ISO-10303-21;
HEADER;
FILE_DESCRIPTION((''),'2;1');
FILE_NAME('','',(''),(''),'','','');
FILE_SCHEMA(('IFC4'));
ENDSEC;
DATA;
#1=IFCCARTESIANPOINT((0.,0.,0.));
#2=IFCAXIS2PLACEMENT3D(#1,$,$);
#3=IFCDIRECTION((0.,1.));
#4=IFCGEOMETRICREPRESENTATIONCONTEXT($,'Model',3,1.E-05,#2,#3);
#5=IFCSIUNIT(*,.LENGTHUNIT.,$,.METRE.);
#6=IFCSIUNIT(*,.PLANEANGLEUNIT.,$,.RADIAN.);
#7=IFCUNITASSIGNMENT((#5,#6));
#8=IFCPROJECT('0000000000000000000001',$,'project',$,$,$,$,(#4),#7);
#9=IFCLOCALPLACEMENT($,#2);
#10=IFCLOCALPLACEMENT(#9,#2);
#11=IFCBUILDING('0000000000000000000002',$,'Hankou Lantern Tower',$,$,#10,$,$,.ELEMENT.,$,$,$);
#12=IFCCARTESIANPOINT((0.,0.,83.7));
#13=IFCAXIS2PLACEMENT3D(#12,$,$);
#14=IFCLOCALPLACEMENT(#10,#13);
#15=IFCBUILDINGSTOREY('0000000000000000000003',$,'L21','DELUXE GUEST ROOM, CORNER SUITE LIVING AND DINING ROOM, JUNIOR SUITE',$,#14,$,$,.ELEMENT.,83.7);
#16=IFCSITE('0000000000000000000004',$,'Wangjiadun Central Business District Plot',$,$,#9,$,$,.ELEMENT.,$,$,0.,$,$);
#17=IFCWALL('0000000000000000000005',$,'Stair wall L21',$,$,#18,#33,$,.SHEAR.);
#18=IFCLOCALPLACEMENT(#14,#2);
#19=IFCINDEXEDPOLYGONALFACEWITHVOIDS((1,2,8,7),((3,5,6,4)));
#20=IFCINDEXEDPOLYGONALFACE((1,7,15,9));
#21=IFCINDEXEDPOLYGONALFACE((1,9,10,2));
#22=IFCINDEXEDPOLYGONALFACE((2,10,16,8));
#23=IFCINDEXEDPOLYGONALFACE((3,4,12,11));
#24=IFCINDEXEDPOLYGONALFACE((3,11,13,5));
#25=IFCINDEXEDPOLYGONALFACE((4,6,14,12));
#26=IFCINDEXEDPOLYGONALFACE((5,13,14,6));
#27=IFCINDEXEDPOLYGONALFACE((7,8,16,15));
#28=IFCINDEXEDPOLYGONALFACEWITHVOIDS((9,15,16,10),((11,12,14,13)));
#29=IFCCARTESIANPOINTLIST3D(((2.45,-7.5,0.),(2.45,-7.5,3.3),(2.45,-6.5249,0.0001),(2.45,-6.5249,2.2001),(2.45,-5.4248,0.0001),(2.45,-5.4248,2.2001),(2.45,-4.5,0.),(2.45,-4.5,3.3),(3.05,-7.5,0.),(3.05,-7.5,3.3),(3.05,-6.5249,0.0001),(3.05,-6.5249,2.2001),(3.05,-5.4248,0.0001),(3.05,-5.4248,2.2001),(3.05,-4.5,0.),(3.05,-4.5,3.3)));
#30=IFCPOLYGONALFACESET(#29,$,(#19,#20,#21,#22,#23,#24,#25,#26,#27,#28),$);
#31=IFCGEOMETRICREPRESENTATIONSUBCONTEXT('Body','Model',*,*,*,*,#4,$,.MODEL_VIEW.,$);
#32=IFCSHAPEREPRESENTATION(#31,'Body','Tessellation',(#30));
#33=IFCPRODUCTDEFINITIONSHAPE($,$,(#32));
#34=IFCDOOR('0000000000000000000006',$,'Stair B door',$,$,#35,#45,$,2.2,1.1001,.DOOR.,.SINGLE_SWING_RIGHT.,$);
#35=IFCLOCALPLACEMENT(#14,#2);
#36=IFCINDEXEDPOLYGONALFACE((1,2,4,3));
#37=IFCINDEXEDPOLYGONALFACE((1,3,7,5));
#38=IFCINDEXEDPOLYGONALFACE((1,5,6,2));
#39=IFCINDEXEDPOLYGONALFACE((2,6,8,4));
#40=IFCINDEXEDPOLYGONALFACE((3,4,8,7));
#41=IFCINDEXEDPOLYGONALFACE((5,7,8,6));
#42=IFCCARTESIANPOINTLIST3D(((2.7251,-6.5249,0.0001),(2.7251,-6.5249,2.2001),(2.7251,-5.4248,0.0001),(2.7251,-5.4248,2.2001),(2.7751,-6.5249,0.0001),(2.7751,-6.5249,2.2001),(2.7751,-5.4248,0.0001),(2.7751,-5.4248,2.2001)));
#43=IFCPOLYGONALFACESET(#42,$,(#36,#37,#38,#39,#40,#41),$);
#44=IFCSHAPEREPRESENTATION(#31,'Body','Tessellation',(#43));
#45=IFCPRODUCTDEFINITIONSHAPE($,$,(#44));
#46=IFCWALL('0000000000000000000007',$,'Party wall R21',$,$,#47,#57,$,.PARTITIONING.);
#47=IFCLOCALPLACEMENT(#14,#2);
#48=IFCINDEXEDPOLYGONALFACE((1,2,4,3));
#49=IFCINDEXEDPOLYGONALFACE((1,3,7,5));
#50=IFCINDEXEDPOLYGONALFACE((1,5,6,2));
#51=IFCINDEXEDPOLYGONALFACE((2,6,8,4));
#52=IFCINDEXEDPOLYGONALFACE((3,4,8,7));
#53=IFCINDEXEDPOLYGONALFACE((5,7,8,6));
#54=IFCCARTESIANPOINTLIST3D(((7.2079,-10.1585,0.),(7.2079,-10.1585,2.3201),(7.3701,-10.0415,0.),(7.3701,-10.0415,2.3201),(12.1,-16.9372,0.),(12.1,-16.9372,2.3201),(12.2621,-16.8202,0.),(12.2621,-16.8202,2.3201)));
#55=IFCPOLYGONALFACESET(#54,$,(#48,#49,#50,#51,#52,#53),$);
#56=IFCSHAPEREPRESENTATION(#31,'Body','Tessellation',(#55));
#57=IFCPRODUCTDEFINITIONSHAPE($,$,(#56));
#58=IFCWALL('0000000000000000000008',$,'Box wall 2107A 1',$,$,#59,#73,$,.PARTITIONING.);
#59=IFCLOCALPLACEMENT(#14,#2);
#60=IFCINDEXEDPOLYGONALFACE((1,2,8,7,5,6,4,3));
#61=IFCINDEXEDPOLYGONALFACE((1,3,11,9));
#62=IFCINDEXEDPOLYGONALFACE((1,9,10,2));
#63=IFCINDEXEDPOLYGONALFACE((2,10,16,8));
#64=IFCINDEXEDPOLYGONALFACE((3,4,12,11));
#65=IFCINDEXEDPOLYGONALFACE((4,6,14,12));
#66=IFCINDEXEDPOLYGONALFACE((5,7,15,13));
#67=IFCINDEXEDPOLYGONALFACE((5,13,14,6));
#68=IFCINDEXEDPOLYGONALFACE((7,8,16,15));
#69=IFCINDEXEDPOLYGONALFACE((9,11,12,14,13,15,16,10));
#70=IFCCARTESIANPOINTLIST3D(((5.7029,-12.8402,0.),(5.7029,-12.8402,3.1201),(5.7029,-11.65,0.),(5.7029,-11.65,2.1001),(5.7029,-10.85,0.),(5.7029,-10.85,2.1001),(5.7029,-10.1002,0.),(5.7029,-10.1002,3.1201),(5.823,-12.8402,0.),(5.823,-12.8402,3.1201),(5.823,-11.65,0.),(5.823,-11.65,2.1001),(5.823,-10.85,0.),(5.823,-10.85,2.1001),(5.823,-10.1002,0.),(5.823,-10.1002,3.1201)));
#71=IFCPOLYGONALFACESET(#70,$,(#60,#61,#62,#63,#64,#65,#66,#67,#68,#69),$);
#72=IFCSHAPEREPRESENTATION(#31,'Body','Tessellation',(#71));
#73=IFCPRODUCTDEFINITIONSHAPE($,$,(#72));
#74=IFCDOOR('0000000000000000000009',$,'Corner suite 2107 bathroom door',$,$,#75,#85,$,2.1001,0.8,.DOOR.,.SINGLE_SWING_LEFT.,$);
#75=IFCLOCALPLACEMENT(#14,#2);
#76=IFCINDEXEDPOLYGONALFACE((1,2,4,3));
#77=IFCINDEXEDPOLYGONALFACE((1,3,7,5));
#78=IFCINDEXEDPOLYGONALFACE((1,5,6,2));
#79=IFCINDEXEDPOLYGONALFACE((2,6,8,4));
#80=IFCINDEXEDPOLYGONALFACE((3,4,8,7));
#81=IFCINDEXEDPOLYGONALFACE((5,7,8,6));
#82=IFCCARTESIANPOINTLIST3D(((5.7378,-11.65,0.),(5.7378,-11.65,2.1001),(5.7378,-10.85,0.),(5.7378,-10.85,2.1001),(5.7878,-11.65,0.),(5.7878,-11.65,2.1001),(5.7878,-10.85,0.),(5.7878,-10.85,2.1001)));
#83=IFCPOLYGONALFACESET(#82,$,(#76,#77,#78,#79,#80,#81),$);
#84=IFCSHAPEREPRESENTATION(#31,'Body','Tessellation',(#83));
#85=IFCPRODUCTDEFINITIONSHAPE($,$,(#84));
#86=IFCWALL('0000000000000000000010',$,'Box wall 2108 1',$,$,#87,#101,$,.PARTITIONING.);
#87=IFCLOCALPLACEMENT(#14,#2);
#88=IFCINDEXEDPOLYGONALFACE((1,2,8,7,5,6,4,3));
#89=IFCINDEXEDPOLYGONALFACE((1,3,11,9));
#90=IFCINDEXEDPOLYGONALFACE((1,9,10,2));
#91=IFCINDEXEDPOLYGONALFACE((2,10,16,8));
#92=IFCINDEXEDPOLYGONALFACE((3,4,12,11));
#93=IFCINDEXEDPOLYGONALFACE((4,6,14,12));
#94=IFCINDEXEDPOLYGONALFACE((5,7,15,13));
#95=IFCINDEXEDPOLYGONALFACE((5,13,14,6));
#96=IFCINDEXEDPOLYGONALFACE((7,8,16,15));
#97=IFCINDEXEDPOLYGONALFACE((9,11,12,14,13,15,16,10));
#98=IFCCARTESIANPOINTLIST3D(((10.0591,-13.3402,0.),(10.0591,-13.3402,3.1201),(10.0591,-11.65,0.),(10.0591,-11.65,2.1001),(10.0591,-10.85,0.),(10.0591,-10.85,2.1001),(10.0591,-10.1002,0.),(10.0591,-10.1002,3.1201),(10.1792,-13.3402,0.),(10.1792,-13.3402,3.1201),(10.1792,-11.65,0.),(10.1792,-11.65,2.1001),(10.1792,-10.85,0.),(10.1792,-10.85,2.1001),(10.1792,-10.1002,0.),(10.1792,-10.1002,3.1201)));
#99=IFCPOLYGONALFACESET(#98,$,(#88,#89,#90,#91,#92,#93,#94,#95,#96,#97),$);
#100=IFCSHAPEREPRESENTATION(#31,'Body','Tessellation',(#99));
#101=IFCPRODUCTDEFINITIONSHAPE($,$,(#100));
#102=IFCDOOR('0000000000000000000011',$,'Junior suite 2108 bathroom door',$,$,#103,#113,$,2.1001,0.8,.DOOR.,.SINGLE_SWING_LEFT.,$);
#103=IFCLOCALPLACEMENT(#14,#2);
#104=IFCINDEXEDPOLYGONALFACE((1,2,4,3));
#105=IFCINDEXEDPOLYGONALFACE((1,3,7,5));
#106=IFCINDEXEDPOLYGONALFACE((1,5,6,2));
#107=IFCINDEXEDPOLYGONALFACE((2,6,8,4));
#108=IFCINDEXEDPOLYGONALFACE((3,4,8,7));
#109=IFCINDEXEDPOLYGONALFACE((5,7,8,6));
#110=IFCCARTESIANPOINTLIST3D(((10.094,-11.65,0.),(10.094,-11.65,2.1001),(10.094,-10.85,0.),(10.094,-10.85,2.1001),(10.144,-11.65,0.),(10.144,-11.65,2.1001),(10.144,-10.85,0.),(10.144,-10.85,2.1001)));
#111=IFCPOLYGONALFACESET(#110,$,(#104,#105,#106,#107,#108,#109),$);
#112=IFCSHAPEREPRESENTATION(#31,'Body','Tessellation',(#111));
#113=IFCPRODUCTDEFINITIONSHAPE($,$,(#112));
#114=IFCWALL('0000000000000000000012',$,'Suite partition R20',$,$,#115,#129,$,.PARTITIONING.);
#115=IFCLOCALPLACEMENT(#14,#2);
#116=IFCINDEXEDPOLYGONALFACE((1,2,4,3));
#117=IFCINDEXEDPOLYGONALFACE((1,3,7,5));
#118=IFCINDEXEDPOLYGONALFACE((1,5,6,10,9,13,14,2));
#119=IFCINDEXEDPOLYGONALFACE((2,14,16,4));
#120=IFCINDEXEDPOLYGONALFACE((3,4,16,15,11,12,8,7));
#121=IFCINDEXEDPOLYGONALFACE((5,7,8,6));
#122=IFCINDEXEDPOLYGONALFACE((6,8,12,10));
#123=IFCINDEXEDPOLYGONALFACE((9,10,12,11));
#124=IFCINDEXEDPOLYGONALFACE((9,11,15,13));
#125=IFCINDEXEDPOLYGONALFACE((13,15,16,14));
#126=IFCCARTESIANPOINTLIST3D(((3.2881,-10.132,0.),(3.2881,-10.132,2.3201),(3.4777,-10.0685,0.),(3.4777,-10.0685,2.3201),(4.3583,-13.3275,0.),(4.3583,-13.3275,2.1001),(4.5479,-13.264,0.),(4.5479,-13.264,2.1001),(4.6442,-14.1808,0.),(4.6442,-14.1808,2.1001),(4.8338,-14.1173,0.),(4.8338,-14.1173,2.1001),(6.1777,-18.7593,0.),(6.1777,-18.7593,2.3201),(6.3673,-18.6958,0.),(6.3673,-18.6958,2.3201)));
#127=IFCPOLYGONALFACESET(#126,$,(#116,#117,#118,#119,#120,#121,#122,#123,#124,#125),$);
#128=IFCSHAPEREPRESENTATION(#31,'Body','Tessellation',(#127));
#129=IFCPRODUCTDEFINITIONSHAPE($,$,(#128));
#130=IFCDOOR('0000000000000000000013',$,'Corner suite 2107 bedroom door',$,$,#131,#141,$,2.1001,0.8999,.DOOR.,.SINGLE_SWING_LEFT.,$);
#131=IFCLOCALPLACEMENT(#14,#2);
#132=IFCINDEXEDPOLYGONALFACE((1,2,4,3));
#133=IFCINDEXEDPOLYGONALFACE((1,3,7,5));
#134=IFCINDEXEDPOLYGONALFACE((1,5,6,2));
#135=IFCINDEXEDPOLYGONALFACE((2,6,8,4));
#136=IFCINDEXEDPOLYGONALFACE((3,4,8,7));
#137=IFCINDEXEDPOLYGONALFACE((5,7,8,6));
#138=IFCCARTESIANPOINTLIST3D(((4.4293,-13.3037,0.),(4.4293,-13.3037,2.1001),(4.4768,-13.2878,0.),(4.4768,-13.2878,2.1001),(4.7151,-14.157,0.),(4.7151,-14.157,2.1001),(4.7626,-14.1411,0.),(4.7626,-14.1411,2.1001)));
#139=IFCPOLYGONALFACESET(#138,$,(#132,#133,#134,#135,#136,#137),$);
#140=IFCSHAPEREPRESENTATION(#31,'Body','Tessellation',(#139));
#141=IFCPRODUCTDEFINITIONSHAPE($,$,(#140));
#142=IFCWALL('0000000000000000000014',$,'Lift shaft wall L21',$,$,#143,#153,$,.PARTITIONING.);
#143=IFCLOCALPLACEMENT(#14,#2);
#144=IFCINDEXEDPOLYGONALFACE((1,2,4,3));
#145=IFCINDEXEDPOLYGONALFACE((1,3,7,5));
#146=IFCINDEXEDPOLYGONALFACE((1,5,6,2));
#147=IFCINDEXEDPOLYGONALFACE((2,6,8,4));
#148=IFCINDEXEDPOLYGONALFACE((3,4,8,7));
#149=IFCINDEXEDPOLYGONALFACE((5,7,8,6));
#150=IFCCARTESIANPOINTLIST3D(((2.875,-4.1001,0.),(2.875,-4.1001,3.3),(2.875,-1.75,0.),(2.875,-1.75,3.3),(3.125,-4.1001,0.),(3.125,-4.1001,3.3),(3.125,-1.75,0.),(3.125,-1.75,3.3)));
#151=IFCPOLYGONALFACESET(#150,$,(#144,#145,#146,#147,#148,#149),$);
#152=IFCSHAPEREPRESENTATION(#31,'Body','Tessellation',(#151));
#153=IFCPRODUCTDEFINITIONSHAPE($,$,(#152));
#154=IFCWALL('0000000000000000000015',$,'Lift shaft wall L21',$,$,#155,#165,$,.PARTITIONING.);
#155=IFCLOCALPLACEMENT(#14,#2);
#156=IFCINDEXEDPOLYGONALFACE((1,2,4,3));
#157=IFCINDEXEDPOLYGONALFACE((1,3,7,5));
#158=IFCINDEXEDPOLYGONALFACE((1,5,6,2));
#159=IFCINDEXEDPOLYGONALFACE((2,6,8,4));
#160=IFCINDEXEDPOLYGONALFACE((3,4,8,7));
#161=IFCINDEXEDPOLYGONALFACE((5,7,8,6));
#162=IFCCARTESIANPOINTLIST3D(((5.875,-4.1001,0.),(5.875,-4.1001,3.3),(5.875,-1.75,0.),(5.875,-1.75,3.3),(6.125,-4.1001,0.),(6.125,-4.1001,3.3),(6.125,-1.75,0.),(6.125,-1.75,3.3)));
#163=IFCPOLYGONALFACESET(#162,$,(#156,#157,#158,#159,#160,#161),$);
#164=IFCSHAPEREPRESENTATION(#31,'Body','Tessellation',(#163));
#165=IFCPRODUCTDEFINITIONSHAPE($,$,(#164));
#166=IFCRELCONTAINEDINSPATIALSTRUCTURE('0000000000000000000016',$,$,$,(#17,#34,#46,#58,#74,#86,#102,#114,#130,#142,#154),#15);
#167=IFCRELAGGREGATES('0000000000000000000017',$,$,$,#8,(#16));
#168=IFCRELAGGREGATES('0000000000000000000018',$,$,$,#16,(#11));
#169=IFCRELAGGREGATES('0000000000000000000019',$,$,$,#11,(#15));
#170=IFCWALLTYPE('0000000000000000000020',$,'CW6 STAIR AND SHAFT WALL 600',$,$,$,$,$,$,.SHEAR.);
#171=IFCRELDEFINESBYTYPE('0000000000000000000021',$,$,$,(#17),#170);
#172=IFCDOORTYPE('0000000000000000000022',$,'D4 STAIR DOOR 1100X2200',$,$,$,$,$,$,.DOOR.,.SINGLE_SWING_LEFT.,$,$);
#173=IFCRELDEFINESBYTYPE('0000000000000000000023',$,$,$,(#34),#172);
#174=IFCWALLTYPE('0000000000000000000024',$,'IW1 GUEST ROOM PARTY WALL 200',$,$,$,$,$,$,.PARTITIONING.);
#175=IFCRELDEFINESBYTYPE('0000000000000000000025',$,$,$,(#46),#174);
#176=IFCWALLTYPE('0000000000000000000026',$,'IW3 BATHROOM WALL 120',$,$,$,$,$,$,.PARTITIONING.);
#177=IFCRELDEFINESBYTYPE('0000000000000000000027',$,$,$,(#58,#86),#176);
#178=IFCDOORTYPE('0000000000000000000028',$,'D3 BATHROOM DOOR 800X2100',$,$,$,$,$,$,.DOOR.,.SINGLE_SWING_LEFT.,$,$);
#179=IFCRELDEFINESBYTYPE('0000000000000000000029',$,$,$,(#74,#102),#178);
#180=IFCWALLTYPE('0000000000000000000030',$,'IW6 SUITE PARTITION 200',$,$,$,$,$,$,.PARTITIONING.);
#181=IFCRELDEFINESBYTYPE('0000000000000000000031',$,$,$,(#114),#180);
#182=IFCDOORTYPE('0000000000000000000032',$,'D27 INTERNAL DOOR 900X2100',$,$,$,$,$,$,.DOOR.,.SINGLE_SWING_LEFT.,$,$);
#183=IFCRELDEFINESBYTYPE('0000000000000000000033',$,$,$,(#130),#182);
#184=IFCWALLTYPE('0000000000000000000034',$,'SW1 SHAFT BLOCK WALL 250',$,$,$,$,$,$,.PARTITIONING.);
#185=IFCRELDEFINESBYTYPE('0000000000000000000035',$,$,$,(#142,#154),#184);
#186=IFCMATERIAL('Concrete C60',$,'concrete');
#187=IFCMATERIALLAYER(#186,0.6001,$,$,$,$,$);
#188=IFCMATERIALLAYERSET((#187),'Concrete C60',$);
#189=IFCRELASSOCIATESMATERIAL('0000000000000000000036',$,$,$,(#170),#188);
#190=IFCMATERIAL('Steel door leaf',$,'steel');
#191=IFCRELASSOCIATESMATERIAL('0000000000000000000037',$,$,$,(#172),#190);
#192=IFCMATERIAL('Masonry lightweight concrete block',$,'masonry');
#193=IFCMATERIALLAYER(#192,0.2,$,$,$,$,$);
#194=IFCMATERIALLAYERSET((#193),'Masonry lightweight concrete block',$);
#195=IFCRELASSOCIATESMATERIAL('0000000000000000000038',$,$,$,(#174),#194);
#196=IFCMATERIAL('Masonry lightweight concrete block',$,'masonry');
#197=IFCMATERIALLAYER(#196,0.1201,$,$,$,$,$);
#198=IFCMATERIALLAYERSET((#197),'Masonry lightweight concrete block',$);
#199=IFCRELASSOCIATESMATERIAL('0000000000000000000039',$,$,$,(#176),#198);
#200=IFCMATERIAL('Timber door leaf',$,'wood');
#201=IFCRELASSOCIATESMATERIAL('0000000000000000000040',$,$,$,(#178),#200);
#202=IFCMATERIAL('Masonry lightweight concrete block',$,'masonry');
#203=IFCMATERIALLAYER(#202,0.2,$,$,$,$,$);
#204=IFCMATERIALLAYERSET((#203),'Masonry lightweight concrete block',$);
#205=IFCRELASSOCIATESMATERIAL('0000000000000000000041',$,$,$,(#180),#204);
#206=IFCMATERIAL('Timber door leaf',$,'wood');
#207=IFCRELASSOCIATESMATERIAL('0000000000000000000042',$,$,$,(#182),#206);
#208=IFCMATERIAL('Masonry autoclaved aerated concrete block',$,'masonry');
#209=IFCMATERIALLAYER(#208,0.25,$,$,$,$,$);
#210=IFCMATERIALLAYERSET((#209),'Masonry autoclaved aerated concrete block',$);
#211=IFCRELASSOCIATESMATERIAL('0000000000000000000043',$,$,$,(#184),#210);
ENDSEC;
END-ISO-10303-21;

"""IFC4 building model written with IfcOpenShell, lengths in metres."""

from ifc_helpers import new_model, si_unit, direction, frame, frame_2d, origin, place, context, subcontext, project, spatial, rectangle, extrude, material, layer, layer_set, type_object, element, fill, save


model = new_model("IFC4")

# Units and contexts
model_context = context("Model", 3, precision=1e-05, world=origin(), true_north=direction((0.0, 1.0)))
body_context = subcontext(model_context, "Body", "Model", "MODEL_VIEW")
ifc_project = project(units=[si_unit("LENGTHUNIT", "METRE"), si_unit("PLANEANGLEUNIT", "RADIAN")], contexts=[model_context])

# Site, building, storey
site_placement = place(None, origin())
site = spatial("IfcSite", under=ifc_project, at=site_placement, Name="Wangjiadun Central Business District Plot", CompositionType="ELEMENT", RefElevation=0.0)
building_placement = place(site_placement, origin())
building = spatial("IfcBuilding", under=site, at=building_placement, Name="Hankou Lantern Tower", CompositionType="ELEMENT")
storey_placement = place(building_placement, frame((0.0, 0.0, 83.7)))
storey = spatial("IfcBuildingStorey", under=building, at=storey_placement, Name="L21", Description="DELUXE GUEST ROOM, CORNER SUITE LIVING AND DINING ROOM, JUNIOR SUITE", CompositionType="ELEMENT", Elevation=83.7)

# Wall, opening, door
ifc_material_1 = material(Name="Concrete C60", Category="concrete")
ifc_layer_1 = layer(ifc_material_1, 0.6001)
ifc_layer_set_1 = layer_set([ifc_layer_1], Name="Concrete C60")
wall_type_1 = type_object("IfcWallType", Name="CW6 STAIR AND SHAFT WALL 600", PredefinedType="SHEAR", material=ifc_layer_set_1)
wall_1_placement = place(storey_placement, frame((2.75, -7.5, 0.0), z_axis=(0.0, 0.0, 1.0), x_axis=(0.0, 1.0, 0.0)))
wall_1 = element("IfcWall", 1, at=wall_1_placement, inside=storey, type_object=wall_type_1, Name="Stair wall L21", PredefinedType="SHEAR", context=body_context, shape_type="SweptSolid", body=[
    extrude(rectangle(XDim=3.0, YDim=0.6001, at=frame_2d((1.5, 0.0))), origin(), (0.0, 0.0, 1.0), 3.3),
])
opening_1_placement = place(wall_1_placement, frame((0.9751, 0.0, 0.0)))
opening_1 = element("IfcOpeningElement", 2, at=opening_1_placement, cuts=wall_1, PredefinedType="OPENING", context=body_context, shape_type="SweptSolid", body=[
    extrude(rectangle(XDim=1.1001, YDim=2.2, at=frame_2d((0.55, 1.1001))), frame((0.0, 0.3101, 0.0), z_axis=(0.0, -1.0, 0.0), x_axis=(1.0, 0.0, 0.0)), (0.0, 0.0, 1.0), 0.6201),
])
ifc_material_2 = material(Name="Steel door leaf", Category="steel")
door_type_1 = type_object("IfcDoorType", Name="D4 STAIR DOOR 1100X2200", OperationType="SINGLE_SWING_LEFT", PredefinedType="DOOR", material=ifc_material_2)
door_1_placement = place(opening_1_placement, origin())
door_1 = element("IfcDoor", 3, at=door_1_placement, inside=storey, type_object=door_type_1, Name="Stair B door", OperationType="SINGLE_SWING_RIGHT", OverallHeight=2.2, OverallWidth=1.1001, PredefinedType="DOOR", context=body_context, shape_type="SweptSolid", body=[
    extrude(rectangle(XDim=1.1001, YDim=2.2, at=frame_2d((0.55, 1.1001))), frame((0.0, 0.0249, 0.0), z_axis=(0.0, -1.0, 0.0), x_axis=(1.0, 0.0, 0.0)), (0.0, 0.0, 1.0), 0.05),
])
fill(opening_1, door_1)

# Wall
ifc_material_3 = material(Name="Masonry lightweight concrete block", Category="masonry")
ifc_layer_2 = layer(ifc_material_3, 0.2)
ifc_layer_set_2 = layer_set([ifc_layer_2], Name="Masonry lightweight concrete block")
wall_type_2 = type_object("IfcWallType", Name="IW1 GUEST ROOM PARTY WALL 200", PredefinedType="PARTITIONING", material=ifc_layer_set_2)
wall_2_placement = place(storey_placement, frame((7.2891, -10.1001, 0.0), z_axis=(0.0, 0.0, 1.0), x_axis=(0.585198, -0.81089, 0.0)))
element("IfcWall", 4, at=wall_2_placement, inside=storey, type_object=wall_type_2, Name="Party wall R21", PredefinedType="PARTITIONING", context=body_context, shape_type="SweptSolid", body=[
    extrude(rectangle(XDim=8.3596, YDim=0.2, at=frame_2d((4.1797, 0.0))), origin(), (0.0, 0.0, 1.0), 2.3201),
])

# Walls, openings, doors
ifc_material_4 = material(Name="Masonry lightweight concrete block", Category="masonry")
ifc_layer_3 = layer(ifc_material_4, 0.1201)
ifc_layer_set_3 = layer_set([ifc_layer_3], Name="Masonry lightweight concrete block")
wall_type_3 = type_object("IfcWallType", Name="IW3 BATHROOM WALL 120", PredefinedType="PARTITIONING", material=ifc_layer_set_3)
wall_3_placement = place(storey_placement, frame((5.7629, -10.1001, 0.0), z_axis=(0.0, 0.0, 1.0), x_axis=(0.0, -1.0, 0.0)))
wall_3 = element("IfcWall", 5, at=wall_3_placement, inside=storey, type_object=wall_type_3, Name="Box wall 2107A 1", PredefinedType="PARTITIONING", context=body_context, shape_type="SweptSolid", body=[
    extrude(rectangle(XDim=2.74, YDim=0.1201, at=frame_2d((1.3701, 0.0))), origin(), (0.0, 0.0, 1.0), 3.1201),
])
opening_2_placement = place(wall_3_placement, frame((0.75, 0.0, 0.0)))
opening_2 = element("IfcOpeningElement", 6, at=opening_2_placement, cuts=wall_3, PredefinedType="OPENING", context=body_context, shape_type="SweptSolid", body=[
    extrude(rectangle(XDim=0.8, YDim=2.1001, at=frame_2d((0.3999, 1.05))), frame((0.0, 0.0701, 0.0), z_axis=(0.0, -1.0, 0.0), x_axis=(1.0, 0.0, 0.0)), (0.0, 0.0, 1.0), 0.1401),
])
ifc_material_5 = material(Name="Timber door leaf", Category="wood")
door_type_2 = type_object("IfcDoorType", Name="D3 BATHROOM DOOR 800X2100", OperationType="SINGLE_SWING_LEFT", PredefinedType="DOOR", material=ifc_material_5)
door_2_placement = place(opening_2_placement, origin())
door_2 = element("IfcDoor", 7, at=door_2_placement, inside=storey, type_object=door_type_2, Name="Corner suite 2107 bathroom door", OperationType="SINGLE_SWING_LEFT", OverallHeight=2.1001, OverallWidth=0.8, PredefinedType="DOOR", context=body_context, shape_type="SweptSolid", body=[
    extrude(rectangle(XDim=0.8, YDim=2.1001, at=frame_2d((0.3999, 1.05))), frame((0.0, 0.0249, 0.0), z_axis=(0.0, -1.0, 0.0), x_axis=(1.0, 0.0, 0.0)), (0.0, 0.0, 1.0), 0.05),
])
fill(opening_2, door_2)
wall_4_placement = place(storey_placement, frame((10.1191, -10.1001, 0.0), z_axis=(0.0, 0.0, 1.0), x_axis=(0.0, -1.0, 0.0)))
wall_4 = element("IfcWall", 8, at=wall_4_placement, inside=storey, type_object=wall_type_3, Name="Box wall 2108 1", PredefinedType="PARTITIONING", context=body_context, shape_type="SweptSolid", body=[
    extrude(rectangle(XDim=3.24, YDim=0.1201, at=frame_2d((1.6201, 0.0))), origin(), (0.0, 0.0, 1.0), 3.1201),
])
opening_3_placement = place(wall_4_placement, frame((0.75, 0.0, 0.0)))
opening_3 = element("IfcOpeningElement", 9, at=opening_3_placement, cuts=wall_4, PredefinedType="OPENING", context=body_context, shape_type="SweptSolid", body=[
    extrude(rectangle(XDim=0.8, YDim=2.1001, at=frame_2d((0.3999, 1.05))), frame((0.0, 0.0701, 0.0), z_axis=(0.0, -1.0, 0.0), x_axis=(1.0, 0.0, 0.0)), (0.0, 0.0, 1.0), 0.1401),
])
door_3_placement = place(opening_3_placement, origin())
door_3 = element("IfcDoor", 10, at=door_3_placement, inside=storey, type_object=door_type_2, Name="Junior suite 2108 bathroom door", OperationType="SINGLE_SWING_LEFT", OverallHeight=2.1001, OverallWidth=0.8, PredefinedType="DOOR", context=body_context, shape_type="SweptSolid", body=[
    extrude(rectangle(XDim=0.8, YDim=2.1001, at=frame_2d((0.3999, 1.05))), frame((0.0, 0.0249, 0.0), z_axis=(0.0, -1.0, 0.0), x_axis=(1.0, 0.0, 0.0)), (0.0, 0.0, 1.0), 0.05),
])
fill(opening_3, door_3)
ifc_material_6 = material(Name="Masonry lightweight concrete block", Category="masonry")
ifc_layer_4 = layer(ifc_material_6, 0.2)
ifc_layer_set_4 = layer_set([ifc_layer_4], Name="Masonry lightweight concrete block")
wall_type_4 = type_object("IfcWallType", Name="IW6 SUITE PARTITION 200", PredefinedType="PARTITIONING", material=ifc_layer_set_4)
wall_5_placement = place(storey_placement, frame((3.3828, -10.1001, 0.0), z_axis=(0.0, 0.0, 1.0), x_axis=(0.317596, -0.948226, 0.0)))
wall_5 = element("IfcWall", 11, at=wall_5_placement, inside=storey, type_object=wall_type_4, Name="Suite partition R20", PredefinedType="PARTITIONING", context=body_context, shape_type="SweptSolid", body=[
    extrude(rectangle(XDim=9.0984, YDim=0.2, at=frame_2d((4.5493, 0.0))), origin(), (0.0, 0.0, 1.0), 2.3201),
])
opening_4_placement = place(wall_5_placement, frame((3.3701, 0.0, 0.0)))
opening_4 = element("IfcOpeningElement", 12, at=opening_4_placement, cuts=wall_5, PredefinedType="OPENING", context=body_context, shape_type="SweptSolid", body=[
    extrude(rectangle(XDim=0.8999, YDim=2.1001, at=frame_2d((0.45, 1.05))), frame((0.0, 0.1099, 0.0), z_axis=(0.0, -1.0, 0.0), x_axis=(1.0, 0.0, 0.0)), (0.0, 0.0, 1.0), 0.22),
])
ifc_material_7 = material(Name="Timber door leaf", Category="wood")
door_type_3 = type_object("IfcDoorType", Name="D27 INTERNAL DOOR 900X2100", OperationType="SINGLE_SWING_LEFT", PredefinedType="DOOR", material=ifc_material_7)
door_4_placement = place(opening_4_placement, origin())
door_4 = element("IfcDoor", 13, at=door_4_placement, inside=storey, type_object=door_type_3, Name="Corner suite 2107 bedroom door", OperationType="SINGLE_SWING_LEFT", OverallHeight=2.1001, OverallWidth=0.8999, PredefinedType="DOOR", context=body_context, shape_type="SweptSolid", body=[
    extrude(rectangle(XDim=0.8999, YDim=2.1001, at=frame_2d((0.45, 1.05))), frame((0.0, 0.0249, 0.0), z_axis=(0.0, -1.0, 0.0), x_axis=(1.0, 0.0, 0.0)), (0.0, 0.0, 1.0), 0.05),
])
fill(opening_4, door_4)

# Walls
ifc_material_8 = material(Name="Masonry autoclaved aerated concrete block", Category="masonry")
ifc_layer_5 = layer(ifc_material_8, 0.25)
ifc_layer_set_5 = layer_set([ifc_layer_5], Name="Masonry autoclaved aerated concrete block")
wall_type_5 = type_object("IfcWallType", Name="SW1 SHAFT BLOCK WALL 250", PredefinedType="PARTITIONING", material=ifc_layer_set_5)
for number, where, z_axis, x_axis, name in (
    (14, (3.0, -4.1001, 0.0), (0.0, 0.0, 1.0), (0.0, 1.0, 0.0), "Lift shaft wall L21"),
    (15, (6.0, -4.1001, 0.0), (0.0, 0.0, 1.0), (0.0, 1.0, 0.0), "Lift shaft wall L21"),
):
    element("IfcWall", number, at=place(storey_placement, frame(where, z_axis=z_axis, x_axis=x_axis)), inside=storey, type_object=wall_type_5, Name=name, PredefinedType="PARTITIONING", context=body_context, shape_type="SweptSolid", body=[
        extrude(rectangle(XDim=2.3501, YDim=0.25, at=frame_2d((1.175, 0.0))), origin(), (0.0, 0.0, 1.0), 3.3),
    ])

save(model, "model.ifc")
